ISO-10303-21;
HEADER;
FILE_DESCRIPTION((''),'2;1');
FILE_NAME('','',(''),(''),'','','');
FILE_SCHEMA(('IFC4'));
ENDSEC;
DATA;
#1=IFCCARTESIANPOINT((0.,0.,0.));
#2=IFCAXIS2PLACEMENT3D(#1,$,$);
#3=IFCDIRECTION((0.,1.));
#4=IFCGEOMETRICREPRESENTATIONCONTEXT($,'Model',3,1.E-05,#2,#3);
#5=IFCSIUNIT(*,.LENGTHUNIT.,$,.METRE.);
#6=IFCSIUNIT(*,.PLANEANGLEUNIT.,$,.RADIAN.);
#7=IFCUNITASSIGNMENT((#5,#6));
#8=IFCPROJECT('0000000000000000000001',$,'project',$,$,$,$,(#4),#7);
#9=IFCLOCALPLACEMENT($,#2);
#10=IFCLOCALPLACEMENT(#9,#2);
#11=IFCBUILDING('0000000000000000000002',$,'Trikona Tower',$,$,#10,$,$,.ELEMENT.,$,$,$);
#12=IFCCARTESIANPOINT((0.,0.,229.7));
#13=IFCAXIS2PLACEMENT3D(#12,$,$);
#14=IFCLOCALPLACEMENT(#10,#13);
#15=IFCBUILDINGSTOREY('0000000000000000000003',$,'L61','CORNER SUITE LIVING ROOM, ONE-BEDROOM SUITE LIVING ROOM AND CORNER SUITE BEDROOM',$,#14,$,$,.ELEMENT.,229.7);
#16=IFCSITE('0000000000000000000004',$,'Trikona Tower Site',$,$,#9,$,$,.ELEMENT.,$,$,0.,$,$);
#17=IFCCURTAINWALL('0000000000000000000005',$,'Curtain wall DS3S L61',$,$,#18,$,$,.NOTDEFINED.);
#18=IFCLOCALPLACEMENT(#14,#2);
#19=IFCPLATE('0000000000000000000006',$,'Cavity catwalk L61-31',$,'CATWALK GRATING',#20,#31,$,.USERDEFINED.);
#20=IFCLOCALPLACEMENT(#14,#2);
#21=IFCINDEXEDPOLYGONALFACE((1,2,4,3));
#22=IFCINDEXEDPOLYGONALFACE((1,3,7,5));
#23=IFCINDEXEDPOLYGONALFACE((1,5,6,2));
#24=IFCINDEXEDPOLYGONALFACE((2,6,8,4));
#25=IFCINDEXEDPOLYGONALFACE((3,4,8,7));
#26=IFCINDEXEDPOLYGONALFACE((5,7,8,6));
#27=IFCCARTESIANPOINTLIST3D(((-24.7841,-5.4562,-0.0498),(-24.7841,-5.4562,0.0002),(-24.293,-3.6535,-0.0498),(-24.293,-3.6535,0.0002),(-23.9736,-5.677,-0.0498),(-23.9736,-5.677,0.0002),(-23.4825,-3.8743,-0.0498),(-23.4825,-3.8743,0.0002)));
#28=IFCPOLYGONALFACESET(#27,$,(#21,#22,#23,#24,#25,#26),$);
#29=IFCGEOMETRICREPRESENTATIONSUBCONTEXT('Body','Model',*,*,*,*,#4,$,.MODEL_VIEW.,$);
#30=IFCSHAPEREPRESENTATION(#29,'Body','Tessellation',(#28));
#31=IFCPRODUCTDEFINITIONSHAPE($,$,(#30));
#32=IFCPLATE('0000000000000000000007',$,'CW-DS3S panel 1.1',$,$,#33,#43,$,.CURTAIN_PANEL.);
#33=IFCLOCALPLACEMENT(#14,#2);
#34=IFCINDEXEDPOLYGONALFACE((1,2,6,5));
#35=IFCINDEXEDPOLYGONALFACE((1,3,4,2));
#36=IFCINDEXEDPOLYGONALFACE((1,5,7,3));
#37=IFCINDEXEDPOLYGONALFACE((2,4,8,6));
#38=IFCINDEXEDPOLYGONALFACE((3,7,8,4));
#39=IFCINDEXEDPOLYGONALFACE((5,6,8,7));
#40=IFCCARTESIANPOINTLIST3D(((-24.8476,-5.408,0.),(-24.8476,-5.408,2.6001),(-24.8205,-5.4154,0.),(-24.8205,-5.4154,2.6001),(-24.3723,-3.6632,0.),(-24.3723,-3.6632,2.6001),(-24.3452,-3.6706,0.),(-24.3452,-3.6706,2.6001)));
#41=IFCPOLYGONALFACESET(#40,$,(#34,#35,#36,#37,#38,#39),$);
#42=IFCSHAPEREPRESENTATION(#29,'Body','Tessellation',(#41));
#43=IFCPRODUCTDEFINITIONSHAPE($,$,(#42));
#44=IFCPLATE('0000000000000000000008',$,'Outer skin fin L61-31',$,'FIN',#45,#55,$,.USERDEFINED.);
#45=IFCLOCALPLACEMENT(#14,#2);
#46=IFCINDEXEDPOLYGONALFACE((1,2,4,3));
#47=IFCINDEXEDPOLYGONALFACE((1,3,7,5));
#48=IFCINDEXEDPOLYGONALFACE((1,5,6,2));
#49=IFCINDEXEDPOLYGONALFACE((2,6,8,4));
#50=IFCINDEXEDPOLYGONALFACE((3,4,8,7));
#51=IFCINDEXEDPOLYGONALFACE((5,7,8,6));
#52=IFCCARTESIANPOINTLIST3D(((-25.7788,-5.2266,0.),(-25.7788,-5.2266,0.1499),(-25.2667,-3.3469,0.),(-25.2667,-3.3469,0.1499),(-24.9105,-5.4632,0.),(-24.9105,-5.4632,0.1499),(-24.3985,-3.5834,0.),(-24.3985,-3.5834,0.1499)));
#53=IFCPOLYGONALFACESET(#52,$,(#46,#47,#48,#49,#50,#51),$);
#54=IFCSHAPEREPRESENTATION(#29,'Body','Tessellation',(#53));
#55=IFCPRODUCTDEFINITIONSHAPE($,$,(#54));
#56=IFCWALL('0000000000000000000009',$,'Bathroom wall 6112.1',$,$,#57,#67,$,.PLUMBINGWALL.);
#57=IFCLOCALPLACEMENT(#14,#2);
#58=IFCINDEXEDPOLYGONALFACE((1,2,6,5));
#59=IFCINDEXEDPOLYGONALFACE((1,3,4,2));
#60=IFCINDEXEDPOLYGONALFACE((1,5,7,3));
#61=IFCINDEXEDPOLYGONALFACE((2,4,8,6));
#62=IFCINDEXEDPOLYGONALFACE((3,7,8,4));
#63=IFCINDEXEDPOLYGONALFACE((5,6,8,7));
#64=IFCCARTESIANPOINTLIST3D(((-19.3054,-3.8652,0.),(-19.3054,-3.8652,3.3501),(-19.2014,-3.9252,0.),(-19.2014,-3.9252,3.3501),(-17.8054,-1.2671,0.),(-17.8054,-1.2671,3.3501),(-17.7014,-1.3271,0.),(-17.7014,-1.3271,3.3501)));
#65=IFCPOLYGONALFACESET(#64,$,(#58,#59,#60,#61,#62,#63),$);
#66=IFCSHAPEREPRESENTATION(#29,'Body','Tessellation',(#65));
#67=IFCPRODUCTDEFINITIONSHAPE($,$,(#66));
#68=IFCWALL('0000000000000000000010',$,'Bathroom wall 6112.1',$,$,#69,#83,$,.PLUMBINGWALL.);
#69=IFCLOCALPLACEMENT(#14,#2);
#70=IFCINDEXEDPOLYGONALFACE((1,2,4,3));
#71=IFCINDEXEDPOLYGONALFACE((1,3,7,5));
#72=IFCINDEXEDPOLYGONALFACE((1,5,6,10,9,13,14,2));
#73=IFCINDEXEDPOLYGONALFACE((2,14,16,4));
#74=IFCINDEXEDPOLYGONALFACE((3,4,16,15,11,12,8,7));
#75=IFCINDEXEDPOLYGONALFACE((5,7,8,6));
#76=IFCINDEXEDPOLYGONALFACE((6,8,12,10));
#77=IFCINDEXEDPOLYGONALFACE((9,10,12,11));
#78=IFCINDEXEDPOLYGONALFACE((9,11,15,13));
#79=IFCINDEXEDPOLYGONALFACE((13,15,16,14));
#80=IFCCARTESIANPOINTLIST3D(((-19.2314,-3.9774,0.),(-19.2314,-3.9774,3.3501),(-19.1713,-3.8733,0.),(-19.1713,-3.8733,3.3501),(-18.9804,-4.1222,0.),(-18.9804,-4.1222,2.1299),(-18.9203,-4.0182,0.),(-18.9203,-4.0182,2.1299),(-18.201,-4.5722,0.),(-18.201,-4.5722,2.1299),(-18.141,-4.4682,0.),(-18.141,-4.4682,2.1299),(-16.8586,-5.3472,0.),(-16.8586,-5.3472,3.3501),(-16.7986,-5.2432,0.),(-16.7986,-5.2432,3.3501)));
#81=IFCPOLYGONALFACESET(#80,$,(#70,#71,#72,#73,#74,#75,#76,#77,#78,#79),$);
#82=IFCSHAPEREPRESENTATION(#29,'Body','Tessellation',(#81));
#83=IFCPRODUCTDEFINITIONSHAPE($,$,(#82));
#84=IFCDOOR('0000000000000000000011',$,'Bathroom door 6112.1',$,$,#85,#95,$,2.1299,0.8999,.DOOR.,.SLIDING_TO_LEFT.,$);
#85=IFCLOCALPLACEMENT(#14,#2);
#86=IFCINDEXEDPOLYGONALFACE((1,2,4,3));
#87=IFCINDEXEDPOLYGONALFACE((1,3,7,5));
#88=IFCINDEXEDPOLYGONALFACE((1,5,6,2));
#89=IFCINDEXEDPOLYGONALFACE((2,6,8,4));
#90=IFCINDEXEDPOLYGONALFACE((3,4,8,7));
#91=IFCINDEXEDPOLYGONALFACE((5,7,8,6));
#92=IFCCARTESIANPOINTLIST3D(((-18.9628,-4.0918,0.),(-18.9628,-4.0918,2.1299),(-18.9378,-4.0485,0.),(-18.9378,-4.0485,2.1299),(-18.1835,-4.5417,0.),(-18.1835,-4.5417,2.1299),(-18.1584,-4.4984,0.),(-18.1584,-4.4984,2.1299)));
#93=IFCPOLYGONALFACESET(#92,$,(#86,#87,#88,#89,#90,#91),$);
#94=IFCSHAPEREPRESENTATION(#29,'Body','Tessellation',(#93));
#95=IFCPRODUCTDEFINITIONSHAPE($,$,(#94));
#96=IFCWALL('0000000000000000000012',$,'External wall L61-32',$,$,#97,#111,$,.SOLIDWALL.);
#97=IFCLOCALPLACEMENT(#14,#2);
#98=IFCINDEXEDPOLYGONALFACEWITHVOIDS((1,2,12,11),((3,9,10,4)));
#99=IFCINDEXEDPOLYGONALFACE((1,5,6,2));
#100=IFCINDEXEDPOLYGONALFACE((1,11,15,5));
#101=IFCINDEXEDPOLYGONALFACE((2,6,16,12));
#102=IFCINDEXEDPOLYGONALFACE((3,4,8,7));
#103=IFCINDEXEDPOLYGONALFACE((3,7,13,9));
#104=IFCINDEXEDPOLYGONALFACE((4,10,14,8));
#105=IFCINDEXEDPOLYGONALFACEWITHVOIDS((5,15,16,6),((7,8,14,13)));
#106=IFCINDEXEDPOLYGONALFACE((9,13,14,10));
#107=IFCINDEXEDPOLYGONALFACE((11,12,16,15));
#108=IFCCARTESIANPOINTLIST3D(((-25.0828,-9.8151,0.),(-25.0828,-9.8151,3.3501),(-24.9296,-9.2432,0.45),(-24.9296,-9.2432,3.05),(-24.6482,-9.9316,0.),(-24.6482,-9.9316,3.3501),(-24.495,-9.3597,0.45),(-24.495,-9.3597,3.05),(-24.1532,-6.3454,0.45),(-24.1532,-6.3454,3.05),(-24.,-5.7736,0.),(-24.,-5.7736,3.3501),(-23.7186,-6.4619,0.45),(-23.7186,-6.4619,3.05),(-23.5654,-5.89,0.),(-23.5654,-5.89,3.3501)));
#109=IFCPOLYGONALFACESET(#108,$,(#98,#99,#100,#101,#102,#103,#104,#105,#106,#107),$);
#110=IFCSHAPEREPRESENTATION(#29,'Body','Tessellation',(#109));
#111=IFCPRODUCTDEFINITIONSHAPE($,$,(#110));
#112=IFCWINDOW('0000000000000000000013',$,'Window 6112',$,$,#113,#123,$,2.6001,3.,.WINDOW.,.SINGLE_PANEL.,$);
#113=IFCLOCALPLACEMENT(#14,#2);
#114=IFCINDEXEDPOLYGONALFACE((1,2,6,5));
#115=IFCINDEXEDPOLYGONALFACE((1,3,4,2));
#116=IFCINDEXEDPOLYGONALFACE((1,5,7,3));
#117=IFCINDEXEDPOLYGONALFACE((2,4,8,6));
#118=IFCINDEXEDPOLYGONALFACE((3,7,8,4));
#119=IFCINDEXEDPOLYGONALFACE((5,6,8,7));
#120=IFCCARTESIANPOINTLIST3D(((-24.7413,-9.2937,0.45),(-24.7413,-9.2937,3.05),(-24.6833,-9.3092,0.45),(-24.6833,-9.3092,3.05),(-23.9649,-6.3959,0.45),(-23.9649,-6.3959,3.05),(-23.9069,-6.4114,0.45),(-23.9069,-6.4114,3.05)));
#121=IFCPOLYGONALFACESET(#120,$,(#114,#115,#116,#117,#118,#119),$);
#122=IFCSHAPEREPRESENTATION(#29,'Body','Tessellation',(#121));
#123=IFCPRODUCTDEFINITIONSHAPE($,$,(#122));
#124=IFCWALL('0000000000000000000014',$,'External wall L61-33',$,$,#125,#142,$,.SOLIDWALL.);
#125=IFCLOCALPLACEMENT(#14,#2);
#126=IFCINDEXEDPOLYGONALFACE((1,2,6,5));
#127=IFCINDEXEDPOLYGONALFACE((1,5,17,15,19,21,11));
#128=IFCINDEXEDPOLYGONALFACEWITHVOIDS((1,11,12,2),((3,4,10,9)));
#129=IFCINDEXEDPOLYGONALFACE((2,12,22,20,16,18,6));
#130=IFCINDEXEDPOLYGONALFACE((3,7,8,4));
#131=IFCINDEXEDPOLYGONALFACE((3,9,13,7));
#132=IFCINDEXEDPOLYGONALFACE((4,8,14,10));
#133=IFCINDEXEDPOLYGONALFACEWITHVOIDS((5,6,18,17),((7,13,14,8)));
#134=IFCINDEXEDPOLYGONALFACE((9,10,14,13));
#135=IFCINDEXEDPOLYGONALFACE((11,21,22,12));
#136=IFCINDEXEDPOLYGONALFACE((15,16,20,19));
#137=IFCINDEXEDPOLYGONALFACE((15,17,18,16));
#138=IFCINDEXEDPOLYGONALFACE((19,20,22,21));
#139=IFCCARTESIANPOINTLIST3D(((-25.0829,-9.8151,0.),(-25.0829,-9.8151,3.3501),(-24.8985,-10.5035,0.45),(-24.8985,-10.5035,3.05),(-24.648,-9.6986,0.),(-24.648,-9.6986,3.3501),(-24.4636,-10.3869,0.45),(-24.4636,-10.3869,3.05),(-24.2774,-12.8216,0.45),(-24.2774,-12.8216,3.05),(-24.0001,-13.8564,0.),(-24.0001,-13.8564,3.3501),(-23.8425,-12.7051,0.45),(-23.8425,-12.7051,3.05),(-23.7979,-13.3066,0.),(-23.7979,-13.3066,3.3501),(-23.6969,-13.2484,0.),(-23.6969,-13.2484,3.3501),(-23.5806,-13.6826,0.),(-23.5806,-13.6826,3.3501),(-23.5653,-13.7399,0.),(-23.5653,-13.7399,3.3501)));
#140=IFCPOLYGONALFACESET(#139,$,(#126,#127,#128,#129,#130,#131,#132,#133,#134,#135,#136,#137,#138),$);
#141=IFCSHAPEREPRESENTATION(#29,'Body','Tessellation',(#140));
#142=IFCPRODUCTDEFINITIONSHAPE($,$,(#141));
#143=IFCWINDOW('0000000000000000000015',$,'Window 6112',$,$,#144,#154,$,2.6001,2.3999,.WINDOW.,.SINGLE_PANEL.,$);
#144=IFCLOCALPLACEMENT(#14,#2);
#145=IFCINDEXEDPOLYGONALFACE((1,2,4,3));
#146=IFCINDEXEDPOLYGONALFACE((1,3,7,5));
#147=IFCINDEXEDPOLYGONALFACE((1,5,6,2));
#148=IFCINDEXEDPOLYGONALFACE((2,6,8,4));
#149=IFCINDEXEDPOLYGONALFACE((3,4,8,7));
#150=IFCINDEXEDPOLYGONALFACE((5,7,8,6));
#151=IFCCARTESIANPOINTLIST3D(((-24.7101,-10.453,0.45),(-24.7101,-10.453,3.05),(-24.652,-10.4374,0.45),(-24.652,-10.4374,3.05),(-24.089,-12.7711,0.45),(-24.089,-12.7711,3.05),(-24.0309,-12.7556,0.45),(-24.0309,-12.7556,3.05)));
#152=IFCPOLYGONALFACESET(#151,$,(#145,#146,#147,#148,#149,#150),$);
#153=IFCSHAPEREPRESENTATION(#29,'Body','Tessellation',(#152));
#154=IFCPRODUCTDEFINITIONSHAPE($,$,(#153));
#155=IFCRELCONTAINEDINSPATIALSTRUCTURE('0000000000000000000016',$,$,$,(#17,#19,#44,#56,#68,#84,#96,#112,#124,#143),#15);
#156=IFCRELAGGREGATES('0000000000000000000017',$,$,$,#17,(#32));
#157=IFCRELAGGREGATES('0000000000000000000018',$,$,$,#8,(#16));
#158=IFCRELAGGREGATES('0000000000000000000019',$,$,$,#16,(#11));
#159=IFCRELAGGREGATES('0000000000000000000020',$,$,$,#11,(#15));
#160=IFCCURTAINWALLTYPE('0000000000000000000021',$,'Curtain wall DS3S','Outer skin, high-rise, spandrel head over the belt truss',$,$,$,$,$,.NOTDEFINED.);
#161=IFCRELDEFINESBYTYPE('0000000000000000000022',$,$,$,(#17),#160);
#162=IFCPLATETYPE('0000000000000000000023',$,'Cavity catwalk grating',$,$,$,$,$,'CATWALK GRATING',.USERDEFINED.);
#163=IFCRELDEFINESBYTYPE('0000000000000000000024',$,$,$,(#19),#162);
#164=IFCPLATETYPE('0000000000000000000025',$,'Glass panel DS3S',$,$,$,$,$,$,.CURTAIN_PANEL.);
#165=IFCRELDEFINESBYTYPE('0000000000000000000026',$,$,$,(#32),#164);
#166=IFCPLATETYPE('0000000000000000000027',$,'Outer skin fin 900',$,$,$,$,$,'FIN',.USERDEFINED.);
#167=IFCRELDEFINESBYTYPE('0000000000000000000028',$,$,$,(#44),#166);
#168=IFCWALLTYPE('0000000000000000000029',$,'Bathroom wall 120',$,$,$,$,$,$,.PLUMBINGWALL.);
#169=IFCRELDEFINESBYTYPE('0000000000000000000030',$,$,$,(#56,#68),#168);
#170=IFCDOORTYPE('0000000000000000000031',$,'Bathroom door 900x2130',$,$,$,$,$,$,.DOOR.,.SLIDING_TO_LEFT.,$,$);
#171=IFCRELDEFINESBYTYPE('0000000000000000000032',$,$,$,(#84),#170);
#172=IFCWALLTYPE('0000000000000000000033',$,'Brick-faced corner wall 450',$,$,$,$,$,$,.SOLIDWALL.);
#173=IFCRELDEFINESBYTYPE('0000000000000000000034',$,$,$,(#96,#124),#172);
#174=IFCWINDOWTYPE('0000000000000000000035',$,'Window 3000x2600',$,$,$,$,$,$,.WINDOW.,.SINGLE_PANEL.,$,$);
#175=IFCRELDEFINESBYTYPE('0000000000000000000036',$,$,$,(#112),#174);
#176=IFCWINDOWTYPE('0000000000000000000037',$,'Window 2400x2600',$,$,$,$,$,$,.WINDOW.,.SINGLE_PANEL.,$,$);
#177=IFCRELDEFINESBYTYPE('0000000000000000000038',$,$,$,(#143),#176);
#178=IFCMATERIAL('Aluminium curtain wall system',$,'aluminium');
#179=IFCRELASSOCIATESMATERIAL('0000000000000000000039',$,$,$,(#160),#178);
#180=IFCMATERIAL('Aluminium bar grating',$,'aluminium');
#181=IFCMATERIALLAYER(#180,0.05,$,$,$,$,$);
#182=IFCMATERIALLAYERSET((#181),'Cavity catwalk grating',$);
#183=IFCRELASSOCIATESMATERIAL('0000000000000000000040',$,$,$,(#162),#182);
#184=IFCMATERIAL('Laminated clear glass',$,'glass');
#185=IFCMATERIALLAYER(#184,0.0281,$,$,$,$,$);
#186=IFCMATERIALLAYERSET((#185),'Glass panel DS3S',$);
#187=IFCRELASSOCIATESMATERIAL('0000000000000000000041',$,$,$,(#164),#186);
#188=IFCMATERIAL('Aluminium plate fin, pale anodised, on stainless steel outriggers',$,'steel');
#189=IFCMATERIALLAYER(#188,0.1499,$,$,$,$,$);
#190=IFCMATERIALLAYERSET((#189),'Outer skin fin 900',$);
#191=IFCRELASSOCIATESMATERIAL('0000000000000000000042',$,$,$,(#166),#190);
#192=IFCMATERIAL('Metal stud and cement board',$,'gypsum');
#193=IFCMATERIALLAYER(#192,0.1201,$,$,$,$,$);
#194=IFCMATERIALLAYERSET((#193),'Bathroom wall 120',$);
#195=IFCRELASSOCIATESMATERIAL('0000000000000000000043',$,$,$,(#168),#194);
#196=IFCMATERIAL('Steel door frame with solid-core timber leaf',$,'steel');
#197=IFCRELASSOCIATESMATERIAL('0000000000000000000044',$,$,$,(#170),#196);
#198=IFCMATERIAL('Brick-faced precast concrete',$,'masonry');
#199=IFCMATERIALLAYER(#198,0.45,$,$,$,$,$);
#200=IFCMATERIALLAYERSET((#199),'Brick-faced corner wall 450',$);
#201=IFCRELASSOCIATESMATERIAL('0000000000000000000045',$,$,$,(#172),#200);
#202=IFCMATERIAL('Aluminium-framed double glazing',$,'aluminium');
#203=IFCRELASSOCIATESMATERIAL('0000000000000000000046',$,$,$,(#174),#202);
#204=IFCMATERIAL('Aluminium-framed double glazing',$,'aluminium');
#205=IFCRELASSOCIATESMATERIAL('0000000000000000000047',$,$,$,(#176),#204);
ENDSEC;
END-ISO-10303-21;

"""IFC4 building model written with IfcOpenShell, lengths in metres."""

from ifc_helpers import new_model, si_unit, direction, frame, frame_2d, origin, origin_2d, place, context, subcontext, project, spatial, polyline, rectangle, outline, extrude, material, layer, layer_set, type_object, element, fill, aggregate, save


model = new_model("IFC4")

# Units and contexts
model_context = context("Model", 3, precision=1e-05, world=origin(), true_north=direction((0.0, 1.0)))
body_context = subcontext(model_context, "Body", "Model", "MODEL_VIEW")
ifc_project = project(units=[si_unit("LENGTHUNIT", "METRE"), si_unit("PLANEANGLEUNIT", "RADIAN")], contexts=[model_context])

# Site, building, storey
site_placement = place(None, origin())
site = spatial("IfcSite", under=ifc_project, at=site_placement, Name="Trikona Tower Site", CompositionType="ELEMENT", RefElevation=0.0)
building_placement = place(site_placement, origin())
building = spatial("IfcBuilding", under=site, at=building_placement, Name="Trikona Tower", CompositionType="ELEMENT")
storey_placement = place(building_placement, frame((0.0, 0.0, 229.7)))
storey = spatial("IfcBuildingStorey", under=building, at=storey_placement, Name="L61", Description="CORNER SUITE LIVING ROOM, ONE-BEDROOM SUITE LIVING ROOM AND CORNER SUITE BEDROOM", CompositionType="ELEMENT", Elevation=229.7)

# Shared definitions
ifc_material_1 = material(Name="Aluminium curtain wall system", Category="aluminium")
curtain_wall_type = type_object("IfcCurtainWallType", Name="Curtain wall DS3S", Description="Outer skin, high-rise, spandrel head over the belt truss", PredefinedType="NOTDEFINED", material=ifc_material_1)

# Curtain wall
curtain_wall_1_placement = place(storey_placement, origin())
curtain_wall_1 = element("IfcCurtainWall", 1, at=curtain_wall_1_placement, inside=storey, type_object=curtain_wall_type, Name="Curtain wall DS3S L61", PredefinedType="NOTDEFINED")

# Plate
ifc_material_2 = material(Name="Aluminium bar grating", Category="aluminium")
ifc_layer_1 = layer(ifc_material_2, 0.05)
ifc_layer_set_1 = layer_set([ifc_layer_1], Name="Cavity catwalk grating")
plate_type_1 = type_object("IfcPlateType", Name="Cavity catwalk grating", ElementType="CATWALK GRATING", PredefinedType="USERDEFINED", material=ifc_layer_set_1)
plate_1_placement = place(storey_placement, frame((-24.1333, -4.6653, -0.0498), z_axis=(0.0, 0.0, 1.0), x_axis=(-0.262822, -0.964844, 0.0)))
element("IfcPlate", 2, at=plate_1_placement, inside=storey, type_object=plate_type_1, Name="Cavity catwalk L61-31", ObjectType="CATWALK GRATING", PredefinedType="USERDEFINED", context=body_context, shape_type="SweptSolid", body=[
    extrude(rectangle(XDim=1.8684, YDim=0.8401, at=origin_2d()), origin(), (0.0, 0.0, 1.0), 0.05),
])

# Plates
ifc_material_3 = material(Name="Laminated clear glass", Category="glass")
ifc_layer_2 = layer(ifc_material_3, 0.0281)
ifc_layer_set_2 = layer_set([ifc_layer_2], Name="Glass panel DS3S")
plate_type_2 = type_object("IfcPlateType", Name="Glass panel DS3S", PredefinedType="CURTAIN_PANEL", material=ifc_layer_set_2)
plate_2_placement = place(storey_placement, frame((-24.5964, -4.5393, 0.0), z_axis=(0.0, 0.0, 1.0), x_axis=(-0.262844, -0.964838, 0.0)))
plate_2 = element("IfcPlate", 3, at=plate_2_placement, type_object=plate_type_2, Name="CW-DS3S panel 1.1", PredefinedType="CURTAIN_PANEL", context=body_context, shape_type="SweptSolid", body=[
    extrude(rectangle(XDim=1.8083, YDim=0.0281, at=origin_2d()), origin(), (0.0, 0.0, 1.0), 2.6001),
])
aggregate(curtain_wall_1, [plate_2])
ifc_material_4 = material(Name="Aluminium plate fin, pale anodised, on stainless steel outriggers", Category="steel")
ifc_layer_3 = layer(ifc_material_4, 0.1499)
ifc_layer_set_3 = layer_set([ifc_layer_3], Name="Outer skin fin 900")
plate_type_3 = type_object("IfcPlateType", Name="Outer skin fin 900", ElementType="FIN", PredefinedType="USERDEFINED", material=ifc_layer_set_3)
plate_3_placement = place(storey_placement, frame((-25.0886, -4.405, 0.0), z_axis=(0.0, 0.0, 1.0), x_axis=(-0.262822, -0.964844, 0.0)))
element("IfcPlate", 4, at=plate_3_placement, inside=storey, type_object=plate_type_3, Name="Outer skin fin L61-31", ObjectType="FIN", PredefinedType="USERDEFINED", context=body_context, shape_type="SweptSolid", body=[
    extrude(rectangle(XDim=1.9482, YDim=0.8999, at=origin_2d()), origin(), (0.0, 0.0, 1.0), 0.1499),
])

# Wall
ifc_material_5 = material(Name="Metal stud and cement board", Category="gypsum")
ifc_layer_4 = layer(ifc_material_5, 0.1201)
ifc_layer_set_4 = layer_set([ifc_layer_4], Name="Bathroom wall 120")
wall_type_1 = type_object("IfcWallType", Name="Bathroom wall 120", PredefinedType="PLUMBINGWALL", material=ifc_layer_set_4)
wall_1_placement = place(storey_placement, frame((-17.7534, -1.2971, 0.0), z_axis=(0.0, 0.0, 1.0), x_axis=(-0.49999, -0.866031, 0.0)))
element("IfcWall", 5, at=wall_1_placement, inside=storey, type_object=wall_type_1, Name="Bathroom wall 6112.1", PredefinedType="PLUMBINGWALL", context=body_context, shape_type="SweptSolid", body=[
    extrude(rectangle(XDim=3.0, YDim=0.1201, at=frame_2d((1.5, 0.0))), origin(), (0.0, 0.0, 1.0), 3.3501),
])

# Wall, opening, door
wall_2_placement = place(storey_placement, frame((-16.8286, -5.2952, 0.0), z_axis=(0.0, 0.0, 1.0), x_axis=(-0.866036, 0.499982, 0.0)))
wall_2 = element("IfcWall", 6, at=wall_2_placement, inside=storey, type_object=wall_type_1, Name="Bathroom wall 6112.1", PredefinedType="PLUMBINGWALL", context=body_context, shape_type="SweptSolid", body=[
    extrude(rectangle(XDim=2.7397, YDim=0.1201, at=frame_2d((1.3699, 0.0))), origin(), (0.0, 0.0, 1.0), 3.3501),
])
opening_1_placement = place(wall_2_placement, frame((1.55, 0.0, 0.0)))
opening_1 = element("IfcOpeningElement", 7, at=opening_1_placement, cuts=wall_2, PredefinedType="OPENING", context=body_context, shape_type="SweptSolid", body=[
    extrude(rectangle(XDim=0.8999, YDim=2.1299, at=frame_2d((0.45, 1.0649))), frame((0.0, 0.0701, 0.0), z_axis=(0.0, -1.0, 0.0), x_axis=(1.0, 0.0, 0.0)), (0.0, 0.0, 1.0), 0.1401),
])
ifc_material_6 = material(Name="Steel door frame with solid-core timber leaf", Category="steel")
door_type_1 = type_object("IfcDoorType", Name="Bathroom door 900x2130", OperationType="SLIDING_TO_LEFT", PredefinedType="DOOR", material=ifc_material_6)
door_1_placement = place(opening_1_placement, origin())
door_1 = element("IfcDoor", 8, at=door_1_placement, inside=storey, type_object=door_type_1, Name="Bathroom door 6112.1", OperationType="SLIDING_TO_LEFT", OverallHeight=2.1299, OverallWidth=0.8999, PredefinedType="DOOR", context=body_context, shape_type="SweptSolid", body=[
    extrude(rectangle(XDim=0.8999, YDim=2.1299, at=frame_2d((0.45, 1.0649))), frame((0.0, 0.0249, 0.0), z_axis=(0.0, -1.0, 0.0), x_axis=(1.0, 0.0, 0.0)), (0.0, 0.0, 1.0), 0.05),
])
fill(opening_1, door_1)

# Walls, openings, windows
ifc_material_7 = material(Name="Brick-faced precast concrete", Category="masonry")
ifc_layer_5 = layer(ifc_material_7, 0.45)
ifc_layer_set_5 = layer_set([ifc_layer_5], Name="Brick-faced corner wall 450")
wall_type_2 = type_object("IfcWallType", Name="Brick-faced corner wall 450", PredefinedType="SOLIDWALL", material=ifc_layer_set_5)
wall_3_placement = place(storey_placement, frame((-23.7827, -5.8318, 0.0), z_axis=(0.0, 0.0, 1.0), x_axis=(-0.258785, -0.965935, 0.0)))
wall_3 = element("IfcWall", 9, at=wall_3_placement, inside=storey, type_object=wall_type_2, Name="External wall L61-32", PredefinedType="SOLIDWALL", context=body_context, shape_type="SweptSolid", body=[
    extrude(rectangle(XDim=4.1841, YDim=0.45, at=frame_2d((2.092, 0.0))), origin(), (0.0, 0.0, 1.0), 3.3501),
])
opening_2_placement = place(wall_3_placement, frame((0.592, 0.0, 0.45)))
opening_2 = element("IfcOpeningElement", 10, at=opening_2_placement, cuts=wall_3, PredefinedType="OPENING", context=body_context, shape_type="SweptSolid", body=[
    extrude(rectangle(XDim=3.0, YDim=2.6001, at=frame_2d((1.5, 1.3))), frame((0.0, 0.2349, 0.0), z_axis=(0.0, -1.0, 0.0), x_axis=(1.0, 0.0, 0.0)), (0.0, 0.0, 1.0), 0.47),
])
ifc_material_8 = material(Name="Aluminium-framed double glazing", Category="aluminium")
window_type_1 = type_object("IfcWindowType", Name="Window 3000x2600", PartitioningType="SINGLE_PANEL", PredefinedType="WINDOW", material=ifc_material_8)
window_1_placement = place(opening_2_placement, origin())
window_1 = element("IfcWindow", 11, at=window_1_placement, inside=storey, type_object=window_type_1, Name="Window 6112", OverallHeight=2.6001, OverallWidth=3.0, PartitioningType="SINGLE_PANEL", PredefinedType="WINDOW", context=body_context, shape_type="SweptSolid", body=[
    extrude(rectangle(XDim=3.0, YDim=2.6001, at=frame_2d((1.5, 1.3))), frame((0.0, 0.03, 0.0), z_axis=(0.0, -1.0, 0.0), x_axis=(1.0, 0.0, 0.0)), (0.0, 0.0, 1.0), 0.0601),
])
fill(opening_2, window_1)
wall_4_placement = place(storey_placement, frame((-24.8655, -9.7568, 0.0), z_axis=(0.0, 0.0, 1.0), x_axis=(0.258799, -0.965931, 0.0)))
wall_4 = element("IfcWall", 12, at=wall_4_placement, inside=storey, type_object=wall_type_2, Name="External wall L61-33", PredefinedType="SOLIDWALL", context=body_context, shape_type="SweptSolid", body=[
    extrude(outline(polyline([(4.1838, 0.2251), (4.1245, 0.2251), (3.7051, 0.1125), (3.675, 0.2251), (0.0, 0.2251), (0.0, -0.2251), (4.1838, -0.2251), (4.1838, 0.2251)])), origin(), (0.0, 0.0, 1.0), 3.3501),
])
opening_3_placement = place(wall_4_placement, frame((0.7126, 0.0, 0.45)))
opening_3 = element("IfcOpeningElement", 13, at=opening_3_placement, cuts=wall_4, PredefinedType="OPENING", context=body_context, shape_type="SweptSolid", body=[
    extrude(rectangle(XDim=2.3999, YDim=2.6001, at=frame_2d((1.2, 1.3))), frame((0.0, 0.2349, 0.0), z_axis=(0.0, -1.0, 0.0), x_axis=(1.0, 0.0, 0.0)), (0.0, 0.0, 1.0), 0.47),
])
ifc_material_9 = material(Name="Aluminium-framed double glazing", Category="aluminium")
window_type_2 = type_object("IfcWindowType", Name="Window 2400x2600", PartitioningType="SINGLE_PANEL", PredefinedType="WINDOW", material=ifc_material_9)
window_2_placement = place(opening_3_placement, origin())
window_2 = element("IfcWindow", 14, at=window_2_placement, inside=storey, type_object=window_type_2, Name="Window 6112", OverallHeight=2.6001, OverallWidth=2.3999, PartitioningType="SINGLE_PANEL", PredefinedType="WINDOW", context=body_context, shape_type="SweptSolid", body=[
    extrude(rectangle(XDim=2.3999, YDim=2.6001, at=frame_2d((1.2, 1.3))), frame((0.0, 0.03, 0.0), z_axis=(0.0, -1.0, 0.0), x_axis=(1.0, 0.0, 0.0)), (0.0, 0.0, 1.0), 0.0601),
])
fill(opening_3, window_2)

save(model, "model.ifc")
